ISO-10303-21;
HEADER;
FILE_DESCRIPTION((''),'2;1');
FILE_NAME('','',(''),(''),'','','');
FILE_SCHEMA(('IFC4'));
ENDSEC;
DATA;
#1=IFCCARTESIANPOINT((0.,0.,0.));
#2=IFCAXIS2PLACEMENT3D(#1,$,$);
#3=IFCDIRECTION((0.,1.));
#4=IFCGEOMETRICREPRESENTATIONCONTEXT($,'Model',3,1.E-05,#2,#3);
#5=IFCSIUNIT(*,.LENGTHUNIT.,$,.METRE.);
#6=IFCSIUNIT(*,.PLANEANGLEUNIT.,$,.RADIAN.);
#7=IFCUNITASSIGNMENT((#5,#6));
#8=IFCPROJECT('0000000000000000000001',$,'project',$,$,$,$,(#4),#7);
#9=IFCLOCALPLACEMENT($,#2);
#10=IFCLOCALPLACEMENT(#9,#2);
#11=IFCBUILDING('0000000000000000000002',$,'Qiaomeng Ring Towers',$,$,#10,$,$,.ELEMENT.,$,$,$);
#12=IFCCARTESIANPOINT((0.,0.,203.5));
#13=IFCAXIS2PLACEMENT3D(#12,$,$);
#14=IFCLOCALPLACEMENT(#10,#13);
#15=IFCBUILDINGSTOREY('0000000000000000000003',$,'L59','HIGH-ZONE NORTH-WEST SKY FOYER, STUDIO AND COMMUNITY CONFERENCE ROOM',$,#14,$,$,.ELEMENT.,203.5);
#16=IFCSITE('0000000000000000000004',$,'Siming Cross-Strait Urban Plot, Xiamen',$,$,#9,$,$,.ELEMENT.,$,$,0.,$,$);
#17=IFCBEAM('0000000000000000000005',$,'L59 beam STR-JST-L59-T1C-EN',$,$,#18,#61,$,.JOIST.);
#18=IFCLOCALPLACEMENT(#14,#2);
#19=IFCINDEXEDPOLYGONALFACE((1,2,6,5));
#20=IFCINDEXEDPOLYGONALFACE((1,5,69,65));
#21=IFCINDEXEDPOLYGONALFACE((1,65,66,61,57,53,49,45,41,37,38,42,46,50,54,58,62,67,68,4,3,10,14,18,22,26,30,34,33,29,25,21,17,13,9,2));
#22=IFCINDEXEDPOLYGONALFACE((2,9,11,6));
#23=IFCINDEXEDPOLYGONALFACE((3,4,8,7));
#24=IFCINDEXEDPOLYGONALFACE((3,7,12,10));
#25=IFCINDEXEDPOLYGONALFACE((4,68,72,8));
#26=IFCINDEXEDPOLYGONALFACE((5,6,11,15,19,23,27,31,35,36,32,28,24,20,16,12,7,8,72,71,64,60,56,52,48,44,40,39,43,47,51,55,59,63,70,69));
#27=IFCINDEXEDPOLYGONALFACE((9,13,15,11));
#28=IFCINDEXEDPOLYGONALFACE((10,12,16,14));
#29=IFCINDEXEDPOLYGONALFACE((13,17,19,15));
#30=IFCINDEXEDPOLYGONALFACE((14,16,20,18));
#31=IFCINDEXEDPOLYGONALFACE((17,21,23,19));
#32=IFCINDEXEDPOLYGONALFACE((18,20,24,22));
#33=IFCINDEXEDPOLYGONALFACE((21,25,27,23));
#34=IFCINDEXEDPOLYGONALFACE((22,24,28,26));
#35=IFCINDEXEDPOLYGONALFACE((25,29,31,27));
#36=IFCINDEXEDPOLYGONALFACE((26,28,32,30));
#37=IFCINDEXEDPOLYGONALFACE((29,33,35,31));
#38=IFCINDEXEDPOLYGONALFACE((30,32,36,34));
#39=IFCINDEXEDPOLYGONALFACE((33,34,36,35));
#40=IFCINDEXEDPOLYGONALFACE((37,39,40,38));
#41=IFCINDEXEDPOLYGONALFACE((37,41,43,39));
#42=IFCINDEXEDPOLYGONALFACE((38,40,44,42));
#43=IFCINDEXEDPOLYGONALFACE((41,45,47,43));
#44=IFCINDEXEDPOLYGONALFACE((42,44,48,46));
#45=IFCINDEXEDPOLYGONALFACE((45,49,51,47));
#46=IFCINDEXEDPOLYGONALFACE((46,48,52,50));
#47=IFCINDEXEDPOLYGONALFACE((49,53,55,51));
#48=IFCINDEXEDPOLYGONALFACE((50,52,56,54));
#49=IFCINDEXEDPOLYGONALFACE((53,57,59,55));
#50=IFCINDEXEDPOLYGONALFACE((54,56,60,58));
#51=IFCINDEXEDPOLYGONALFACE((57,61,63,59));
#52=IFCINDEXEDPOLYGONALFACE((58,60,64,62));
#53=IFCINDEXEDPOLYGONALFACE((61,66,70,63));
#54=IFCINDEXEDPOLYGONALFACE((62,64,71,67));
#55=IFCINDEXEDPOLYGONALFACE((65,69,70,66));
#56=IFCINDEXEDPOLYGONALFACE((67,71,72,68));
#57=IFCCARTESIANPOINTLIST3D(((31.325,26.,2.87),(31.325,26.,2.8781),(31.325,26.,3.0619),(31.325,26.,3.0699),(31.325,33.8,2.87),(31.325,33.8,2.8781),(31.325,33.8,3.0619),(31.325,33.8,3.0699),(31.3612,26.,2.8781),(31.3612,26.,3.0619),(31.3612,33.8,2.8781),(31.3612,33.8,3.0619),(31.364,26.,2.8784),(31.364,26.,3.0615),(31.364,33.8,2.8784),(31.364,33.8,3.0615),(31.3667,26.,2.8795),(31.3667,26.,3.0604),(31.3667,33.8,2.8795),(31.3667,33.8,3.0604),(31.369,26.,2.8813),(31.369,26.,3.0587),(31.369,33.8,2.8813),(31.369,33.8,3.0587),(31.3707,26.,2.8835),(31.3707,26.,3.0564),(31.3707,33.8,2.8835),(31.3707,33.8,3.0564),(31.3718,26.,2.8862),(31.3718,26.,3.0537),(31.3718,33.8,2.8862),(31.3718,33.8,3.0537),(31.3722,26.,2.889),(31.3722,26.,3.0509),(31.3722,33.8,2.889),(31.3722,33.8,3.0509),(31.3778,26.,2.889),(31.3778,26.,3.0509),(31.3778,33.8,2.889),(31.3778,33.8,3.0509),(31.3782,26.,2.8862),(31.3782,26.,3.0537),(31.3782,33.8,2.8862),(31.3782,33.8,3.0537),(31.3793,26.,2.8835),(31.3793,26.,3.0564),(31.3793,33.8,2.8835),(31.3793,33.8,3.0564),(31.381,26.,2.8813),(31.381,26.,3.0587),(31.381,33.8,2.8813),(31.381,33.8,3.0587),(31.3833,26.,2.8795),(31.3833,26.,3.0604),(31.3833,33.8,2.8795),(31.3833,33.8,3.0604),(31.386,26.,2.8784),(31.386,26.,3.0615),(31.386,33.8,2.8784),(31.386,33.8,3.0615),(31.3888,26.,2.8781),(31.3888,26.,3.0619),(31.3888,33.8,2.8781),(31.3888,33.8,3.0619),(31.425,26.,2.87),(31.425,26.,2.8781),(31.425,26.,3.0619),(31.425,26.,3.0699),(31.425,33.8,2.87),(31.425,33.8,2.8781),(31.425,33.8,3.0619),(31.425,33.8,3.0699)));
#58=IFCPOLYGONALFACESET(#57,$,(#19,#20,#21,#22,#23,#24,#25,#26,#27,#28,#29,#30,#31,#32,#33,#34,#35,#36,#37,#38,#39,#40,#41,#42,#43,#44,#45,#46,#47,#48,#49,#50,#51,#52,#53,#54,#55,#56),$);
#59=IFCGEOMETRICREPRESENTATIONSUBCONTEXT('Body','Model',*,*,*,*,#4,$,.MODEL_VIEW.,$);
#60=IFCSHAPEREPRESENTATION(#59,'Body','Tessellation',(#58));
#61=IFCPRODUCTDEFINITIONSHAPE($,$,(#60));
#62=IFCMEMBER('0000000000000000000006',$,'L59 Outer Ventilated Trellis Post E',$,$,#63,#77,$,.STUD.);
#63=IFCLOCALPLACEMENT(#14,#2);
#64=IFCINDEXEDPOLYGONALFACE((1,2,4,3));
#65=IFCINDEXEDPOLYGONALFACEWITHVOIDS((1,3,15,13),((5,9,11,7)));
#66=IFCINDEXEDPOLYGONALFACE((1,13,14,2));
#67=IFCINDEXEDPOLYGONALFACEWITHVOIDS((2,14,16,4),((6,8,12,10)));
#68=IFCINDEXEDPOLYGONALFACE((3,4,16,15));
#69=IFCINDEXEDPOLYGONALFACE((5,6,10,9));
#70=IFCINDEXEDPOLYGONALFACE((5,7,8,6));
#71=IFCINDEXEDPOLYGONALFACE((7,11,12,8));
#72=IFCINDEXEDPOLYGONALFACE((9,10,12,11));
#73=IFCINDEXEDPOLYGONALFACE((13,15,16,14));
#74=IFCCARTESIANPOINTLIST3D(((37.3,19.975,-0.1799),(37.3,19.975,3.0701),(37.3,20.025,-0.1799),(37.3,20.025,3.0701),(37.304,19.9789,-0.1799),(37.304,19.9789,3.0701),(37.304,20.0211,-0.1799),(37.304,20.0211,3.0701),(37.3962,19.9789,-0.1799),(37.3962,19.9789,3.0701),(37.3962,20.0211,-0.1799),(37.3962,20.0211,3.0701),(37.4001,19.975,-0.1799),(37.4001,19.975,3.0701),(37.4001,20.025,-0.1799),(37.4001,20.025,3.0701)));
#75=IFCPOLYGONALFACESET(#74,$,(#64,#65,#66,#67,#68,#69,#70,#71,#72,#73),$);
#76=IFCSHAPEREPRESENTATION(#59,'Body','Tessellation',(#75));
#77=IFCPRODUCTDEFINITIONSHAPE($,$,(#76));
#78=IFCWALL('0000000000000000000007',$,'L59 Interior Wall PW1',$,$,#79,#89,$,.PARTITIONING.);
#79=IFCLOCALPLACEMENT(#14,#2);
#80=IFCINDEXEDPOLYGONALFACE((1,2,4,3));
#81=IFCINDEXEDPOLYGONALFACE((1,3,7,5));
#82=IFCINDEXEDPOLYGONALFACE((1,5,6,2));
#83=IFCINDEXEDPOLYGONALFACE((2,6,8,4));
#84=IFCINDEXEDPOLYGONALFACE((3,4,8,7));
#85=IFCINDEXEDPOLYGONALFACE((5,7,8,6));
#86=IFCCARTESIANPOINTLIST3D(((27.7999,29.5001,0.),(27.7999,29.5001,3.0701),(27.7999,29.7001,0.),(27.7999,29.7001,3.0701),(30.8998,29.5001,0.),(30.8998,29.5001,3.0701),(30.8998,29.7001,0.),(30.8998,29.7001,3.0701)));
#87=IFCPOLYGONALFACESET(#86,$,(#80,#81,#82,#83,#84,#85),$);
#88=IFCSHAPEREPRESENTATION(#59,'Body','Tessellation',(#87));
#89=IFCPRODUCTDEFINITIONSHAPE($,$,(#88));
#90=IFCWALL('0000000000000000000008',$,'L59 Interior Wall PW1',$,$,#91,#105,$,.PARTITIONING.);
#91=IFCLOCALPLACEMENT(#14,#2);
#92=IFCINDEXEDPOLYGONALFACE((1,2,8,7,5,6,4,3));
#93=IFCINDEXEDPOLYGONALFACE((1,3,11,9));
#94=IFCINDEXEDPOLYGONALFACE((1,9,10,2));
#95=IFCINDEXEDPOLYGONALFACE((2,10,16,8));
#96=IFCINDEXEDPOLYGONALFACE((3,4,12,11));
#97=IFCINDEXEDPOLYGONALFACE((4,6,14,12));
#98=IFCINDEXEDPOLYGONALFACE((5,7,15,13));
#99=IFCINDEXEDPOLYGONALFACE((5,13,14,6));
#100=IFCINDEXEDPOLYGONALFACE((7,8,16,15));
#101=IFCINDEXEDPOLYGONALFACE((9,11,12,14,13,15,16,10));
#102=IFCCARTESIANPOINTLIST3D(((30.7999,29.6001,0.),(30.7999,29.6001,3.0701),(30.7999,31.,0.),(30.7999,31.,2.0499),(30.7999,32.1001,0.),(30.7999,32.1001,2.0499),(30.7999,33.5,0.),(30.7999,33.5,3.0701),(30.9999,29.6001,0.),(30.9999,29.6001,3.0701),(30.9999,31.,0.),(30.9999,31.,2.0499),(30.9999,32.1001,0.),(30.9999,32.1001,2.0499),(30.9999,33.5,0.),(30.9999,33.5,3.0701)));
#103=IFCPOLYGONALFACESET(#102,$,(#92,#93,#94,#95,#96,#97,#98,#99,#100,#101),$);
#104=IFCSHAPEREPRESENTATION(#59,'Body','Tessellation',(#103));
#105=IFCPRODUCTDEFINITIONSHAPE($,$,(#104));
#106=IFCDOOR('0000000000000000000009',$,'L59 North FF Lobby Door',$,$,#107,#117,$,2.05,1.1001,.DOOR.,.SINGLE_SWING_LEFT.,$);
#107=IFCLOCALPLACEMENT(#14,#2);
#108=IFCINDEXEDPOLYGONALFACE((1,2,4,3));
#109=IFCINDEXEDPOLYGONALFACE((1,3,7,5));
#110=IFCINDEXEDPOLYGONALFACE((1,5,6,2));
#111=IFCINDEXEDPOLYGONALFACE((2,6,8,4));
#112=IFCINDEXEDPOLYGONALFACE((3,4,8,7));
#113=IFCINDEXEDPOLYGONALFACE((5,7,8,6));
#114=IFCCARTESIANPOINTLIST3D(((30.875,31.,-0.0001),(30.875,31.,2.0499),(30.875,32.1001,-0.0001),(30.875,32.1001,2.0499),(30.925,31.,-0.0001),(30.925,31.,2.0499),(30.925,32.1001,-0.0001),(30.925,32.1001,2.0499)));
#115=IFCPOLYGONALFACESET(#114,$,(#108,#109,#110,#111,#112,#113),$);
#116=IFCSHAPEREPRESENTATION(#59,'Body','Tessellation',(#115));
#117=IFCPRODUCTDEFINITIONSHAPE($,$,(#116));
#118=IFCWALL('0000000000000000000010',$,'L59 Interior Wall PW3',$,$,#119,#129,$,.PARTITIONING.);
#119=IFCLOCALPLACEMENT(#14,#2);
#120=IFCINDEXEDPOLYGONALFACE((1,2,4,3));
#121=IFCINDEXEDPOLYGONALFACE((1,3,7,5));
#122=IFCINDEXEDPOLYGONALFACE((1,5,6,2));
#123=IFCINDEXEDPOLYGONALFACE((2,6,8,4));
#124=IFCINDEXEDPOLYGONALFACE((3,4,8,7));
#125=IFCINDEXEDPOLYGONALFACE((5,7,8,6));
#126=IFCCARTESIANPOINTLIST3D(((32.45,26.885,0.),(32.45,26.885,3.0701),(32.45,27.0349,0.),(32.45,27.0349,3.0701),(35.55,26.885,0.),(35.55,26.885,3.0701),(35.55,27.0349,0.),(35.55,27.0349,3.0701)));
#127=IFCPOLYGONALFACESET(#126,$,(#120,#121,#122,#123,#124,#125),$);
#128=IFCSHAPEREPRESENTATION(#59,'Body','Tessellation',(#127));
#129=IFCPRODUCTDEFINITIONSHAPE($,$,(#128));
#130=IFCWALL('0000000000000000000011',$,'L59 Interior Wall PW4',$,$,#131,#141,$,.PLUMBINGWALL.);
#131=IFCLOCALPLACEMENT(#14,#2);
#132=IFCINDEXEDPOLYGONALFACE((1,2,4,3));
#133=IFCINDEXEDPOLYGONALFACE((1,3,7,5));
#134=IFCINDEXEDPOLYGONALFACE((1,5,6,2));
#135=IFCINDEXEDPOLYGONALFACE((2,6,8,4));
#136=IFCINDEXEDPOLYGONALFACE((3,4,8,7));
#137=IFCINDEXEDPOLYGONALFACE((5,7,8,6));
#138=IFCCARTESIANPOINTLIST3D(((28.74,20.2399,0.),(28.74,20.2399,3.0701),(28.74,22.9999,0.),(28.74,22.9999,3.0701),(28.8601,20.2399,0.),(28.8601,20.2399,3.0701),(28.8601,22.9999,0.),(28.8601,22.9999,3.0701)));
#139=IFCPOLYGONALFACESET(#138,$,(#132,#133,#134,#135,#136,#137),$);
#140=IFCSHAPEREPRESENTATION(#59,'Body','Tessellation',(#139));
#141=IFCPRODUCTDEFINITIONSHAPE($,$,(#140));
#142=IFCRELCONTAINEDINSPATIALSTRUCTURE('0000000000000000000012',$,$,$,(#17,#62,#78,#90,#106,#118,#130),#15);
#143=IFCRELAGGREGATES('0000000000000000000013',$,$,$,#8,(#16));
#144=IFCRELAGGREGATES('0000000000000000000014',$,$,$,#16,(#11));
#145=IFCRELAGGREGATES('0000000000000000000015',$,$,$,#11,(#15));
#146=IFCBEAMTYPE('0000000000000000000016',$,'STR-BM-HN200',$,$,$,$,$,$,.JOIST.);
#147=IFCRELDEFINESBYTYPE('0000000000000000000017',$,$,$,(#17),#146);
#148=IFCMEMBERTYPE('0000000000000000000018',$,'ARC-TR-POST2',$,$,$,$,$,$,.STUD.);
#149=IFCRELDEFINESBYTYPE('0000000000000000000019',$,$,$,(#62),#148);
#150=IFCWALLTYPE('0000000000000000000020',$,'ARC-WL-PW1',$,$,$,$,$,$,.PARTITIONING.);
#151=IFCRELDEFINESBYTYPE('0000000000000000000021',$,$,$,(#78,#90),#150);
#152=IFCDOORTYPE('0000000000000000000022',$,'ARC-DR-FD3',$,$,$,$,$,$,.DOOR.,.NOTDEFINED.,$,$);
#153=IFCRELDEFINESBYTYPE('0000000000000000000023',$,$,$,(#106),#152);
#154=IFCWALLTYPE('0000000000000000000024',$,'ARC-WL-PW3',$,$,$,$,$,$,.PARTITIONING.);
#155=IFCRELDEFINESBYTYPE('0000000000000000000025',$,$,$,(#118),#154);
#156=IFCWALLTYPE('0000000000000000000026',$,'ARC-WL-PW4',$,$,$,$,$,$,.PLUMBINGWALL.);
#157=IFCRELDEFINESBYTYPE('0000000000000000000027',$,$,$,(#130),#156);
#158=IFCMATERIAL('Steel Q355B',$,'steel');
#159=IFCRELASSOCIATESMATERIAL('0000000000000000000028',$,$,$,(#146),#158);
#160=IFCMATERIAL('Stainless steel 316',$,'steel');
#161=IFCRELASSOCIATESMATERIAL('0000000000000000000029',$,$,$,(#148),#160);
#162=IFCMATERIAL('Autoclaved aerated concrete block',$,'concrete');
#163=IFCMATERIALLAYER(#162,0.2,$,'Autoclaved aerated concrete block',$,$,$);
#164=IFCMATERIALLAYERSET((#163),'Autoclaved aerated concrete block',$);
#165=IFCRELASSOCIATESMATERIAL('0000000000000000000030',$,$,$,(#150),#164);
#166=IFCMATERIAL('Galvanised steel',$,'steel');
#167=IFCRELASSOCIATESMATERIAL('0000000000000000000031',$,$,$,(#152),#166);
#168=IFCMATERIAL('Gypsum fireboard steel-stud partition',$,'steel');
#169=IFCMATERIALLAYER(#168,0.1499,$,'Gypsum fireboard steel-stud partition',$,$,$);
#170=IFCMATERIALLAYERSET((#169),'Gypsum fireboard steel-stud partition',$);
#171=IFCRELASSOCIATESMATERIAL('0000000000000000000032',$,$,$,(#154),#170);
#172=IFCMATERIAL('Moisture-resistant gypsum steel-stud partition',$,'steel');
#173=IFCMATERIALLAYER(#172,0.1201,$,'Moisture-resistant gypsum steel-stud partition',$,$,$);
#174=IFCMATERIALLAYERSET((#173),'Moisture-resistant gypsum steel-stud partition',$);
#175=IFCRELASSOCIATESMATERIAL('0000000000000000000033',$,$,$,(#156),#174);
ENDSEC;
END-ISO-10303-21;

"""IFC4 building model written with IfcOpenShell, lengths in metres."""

from ifc_helpers import new_model, si_unit, direction, frame, frame_2d, origin, origin_2d, place, context, subcontext, project, spatial, rectangle, hollow_rectangle, i_section, extrude, source, transform, mapped, material, layer, layer_set, material_profile, profile_set, type_object, element, fill, save


model = new_model("IFC4")

# Units and contexts
model_context = context("Model", 3, precision=1e-05, world=origin(), true_north=direction((0.0, 1.0)))
body_context = subcontext(model_context, "Body", "Model", "MODEL_VIEW")
ifc_project = project(units=[si_unit("LENGTHUNIT", "METRE"), si_unit("PLANEANGLEUNIT", "RADIAN")], contexts=[model_context])

# Site, building, storey
site_placement = place(None, origin())
site = spatial("IfcSite", under=ifc_project, at=site_placement, Name="Siming Cross-Strait Urban Plot, Xiamen", CompositionType="ELEMENT", RefElevation=0.0)
building_placement = place(site_placement, origin())
building = spatial("IfcBuilding", under=site, at=building_placement, Name="Qiaomeng Ring Towers", CompositionType="ELEMENT")
storey_placement = place(building_placement, frame((0.0, 0.0, 203.5)))
storey = spatial("IfcBuildingStorey", under=building, at=storey_placement, Name="L59", Description="HIGH-ZONE NORTH-WEST SKY FOYER, STUDIO AND COMMUNITY CONFERENCE ROOM", CompositionType="ELEMENT", Elevation=203.5)

# Beam
ifc_material_1 = material(Name="Steel Q355B", Category="steel")
ifc_material_profile_1 = material_profile(ifc_material_1, i_section(OverallWidth=0.1001, OverallDepth=0.2, WebThickness=0.0056, FlangeThickness=0.0081, FilletRadius=0.011, at=origin_2d()), Name="HN 200x100x5.5x8")
ifc_profile_set_1 = profile_set([ifc_material_profile_1], Name="Steel Q355B")
beam_type_1 = type_object("IfcBeamType", Name="STR-BM-HN200", PredefinedType="JOIST", material=ifc_profile_set_1)
shared_shape_1 = source(origin(), body_context, "Body", "SweptSolid", [
    extrude(i_section(OverallWidth=0.1001, OverallDepth=0.2, WebThickness=0.0056, FlangeThickness=0.0081, FilletRadius=0.011, at=origin_2d()), origin(), (0.0, 0.0, 1.0), 7.8),
])
beam_1_placement = place(storey_placement, frame((31.375, 26.0, 2.97), z_axis=(0.0, 1.0, 0.0), x_axis=(-1.0, 0.0, 0.0)))
element("IfcBeam", 1, at=beam_1_placement, inside=storey, type_object=beam_type_1, Name="L59 beam STR-JST-L59-T1C-EN", PredefinedType="JOIST", context=body_context, shape_type="MappedRepresentation", body=[
    mapped(shared_shape_1, transform((0.0, 0.0, 0.0), x_axis=(1.0, 0.0, 0.0), y_axis=(0.0, 1.0, 0.0), z_axis=(0.0, 0.0, 1.0), scale=1.0)),
])

# Member
ifc_material_2 = material(Name="Stainless steel 316", Category="steel")
ifc_material_profile_2 = material_profile(ifc_material_2, hollow_rectangle(XDim=0.05, YDim=0.1001, WallThickness=0.0039, at=origin_2d()), Name="SS TRELLIS 100x50")
ifc_profile_set_2 = profile_set([ifc_material_profile_2], Name="Stainless steel 316")
member_type = type_object("IfcMemberType", Name="ARC-TR-POST2", PredefinedType="STUD", material=ifc_profile_set_2)
shared_shape_2 = source(origin(), body_context, "Body", "SweptSolid", [
    extrude(hollow_rectangle(XDim=0.05, YDim=0.1001, WallThickness=0.0039, at=origin_2d()), origin(), (0.0, 0.0, 1.0), 3.25),
])
member_placement = place(storey_placement, frame((37.3501, 20.0, -0.1799), z_axis=(0.0, 0.0, 1.0), x_axis=(0.0, 1.0, 0.0)))
element("IfcMember", 2, at=member_placement, inside=storey, type_object=member_type, Name="L59 Outer Ventilated Trellis Post E", PredefinedType="STUD", context=body_context, shape_type="MappedRepresentation", body=[
    mapped(shared_shape_2, transform((0.0, 0.0, 0.0), x_axis=(1.0, 0.0, 0.0), y_axis=(0.0, 1.0, 0.0), z_axis=(0.0, 0.0, 1.0), scale=1.0)),
])

# Wall
ifc_material_3 = material(Name="Autoclaved aerated concrete block", Category="concrete")
ifc_layer_1 = layer(ifc_material_3, 0.2, Name="Autoclaved aerated concrete block")
ifc_layer_set_1 = layer_set([ifc_layer_1], Name="Autoclaved aerated concrete block")
wall_type_1 = type_object("IfcWallType", Name="ARC-WL-PW1", PredefinedType="PARTITIONING", material=ifc_layer_set_1)
wall_1_placement = place(storey_placement, frame((27.8, 29.6001, 0.0), z_axis=(0.0, 0.0, 1.0), x_axis=(1.0, 0.0, 0.0)))
element("IfcWall", 3, at=wall_1_placement, inside=storey, type_object=wall_type_1, Name="L59 Interior Wall PW1", PredefinedType="PARTITIONING", context=body_context, shape_type="SweptSolid", body=[
    extrude(rectangle(XDim=3.0999, YDim=0.2, at=frame_2d((1.5498, 0.0))), origin(), (0.0, 0.0, 1.0), 3.0701),
])

# Wall, opening, door
wall_2_placement = place(storey_placement, frame((30.8999, 29.6001, 0.0), z_axis=(0.0, 0.0, 1.0), x_axis=(0.0, 1.0, 0.0)))
wall_2 = element("IfcWall", 4, at=wall_2_placement, inside=storey, type_object=wall_type_1, Name="L59 Interior Wall PW1", PredefinedType="PARTITIONING", context=body_context, shape_type="SweptSolid", body=[
    extrude(rectangle(XDim=3.8999, YDim=0.2, at=frame_2d((1.95, 0.0))), origin(), (0.0, 0.0, 1.0), 3.0701),
])
opening_1_placement = place(wall_2_placement, frame((1.3999, 0.0, 0.0)))
opening_1 = element("IfcOpeningElement", 5, at=opening_1_placement, cuts=wall_2, PredefinedType="OPENING", context=body_context, shape_type="SweptSolid", body=[
    extrude(rectangle(XDim=1.1001, YDim=2.05, at=frame_2d((0.55, 1.0249))), frame((0.0, 0.1099, 0.0), z_axis=(0.0, -1.0, 0.0), x_axis=(1.0, 0.0, 0.0)), (0.0, 0.0, 1.0), 0.22),
])
ifc_material_4 = material(Name="Galvanised steel", Category="steel")
door_type_1 = type_object("IfcDoorType", Name="ARC-DR-FD3", OperationType="NOTDEFINED", PredefinedType="DOOR", material=ifc_material_4)
shared_shape_3 = source(origin(), body_context, "Body", "SweptSolid", [
    extrude(rectangle(XDim=1.1001, YDim=2.05, at=frame_2d((0.55, 1.0249))), frame((0.0, 0.0249, 0.0), z_axis=(0.0, -1.0, 0.0), x_axis=(1.0, 0.0, 0.0)), (0.0, 0.0, 1.0), 0.05),
])
door_1_placement = place(opening_1_placement, origin())
door_1 = element("IfcDoor", 6, at=door_1_placement, inside=storey, type_object=door_type_1, Name="L59 North FF Lobby Door", OperationType="SINGLE_SWING_LEFT", OverallHeight=2.05, OverallWidth=1.1001, PredefinedType="DOOR", context=body_context, shape_type="MappedRepresentation", body=[
    mapped(shared_shape_3, transform((0.0, 0.0, 0.0), x_axis=(1.0, 0.0, 0.0), y_axis=(0.0, 1.0, 0.0), z_axis=(0.0, 0.0, 1.0), scale=1.0)),
])
fill(opening_1, door_1)

# Walls
ifc_material_5 = material(Name="Gypsum fireboard steel-stud partition", Category="steel")
ifc_layer_2 = layer(ifc_material_5, 0.1499, Name="Gypsum fireboard steel-stud partition")
ifc_layer_set_2 = layer_set([ifc_layer_2], Name="Gypsum fireboard steel-stud partition")
wall_type_2 = type_object("IfcWallType", Name="ARC-WL-PW3", PredefinedType="PARTITIONING", material=ifc_layer_set_2)
wall_3_placement = place(storey_placement, frame((32.45, 26.96, 0.0), z_axis=(0.0, 0.0, 1.0), x_axis=(1.0, 0.0, 0.0)))
element("IfcWall", 7, at=wall_3_placement, inside=storey, type_object=wall_type_2, Name="L59 Interior Wall PW3", PredefinedType="PARTITIONING", context=body_context, shape_type="SweptSolid", body=[
    extrude(rectangle(XDim=3.1001, YDim=0.1499, at=frame_2d((1.55, 0.0))), origin(), (0.0, 0.0, 1.0), 3.0701),
])
ifc_material_6 = material(Name="Moisture-resistant gypsum steel-stud partition", Category="steel")
ifc_layer_3 = layer(ifc_material_6, 0.1201, Name="Moisture-resistant gypsum steel-stud partition")
ifc_layer_set_3 = layer_set([ifc_layer_3], Name="Moisture-resistant gypsum steel-stud partition")
wall_type_3 = type_object("IfcWallType", Name="ARC-WL-PW4", PredefinedType="PLUMBINGWALL", material=ifc_layer_set_3)
wall_4_placement = place(storey_placement, frame((28.8, 20.24, 0.0), z_axis=(0.0, 0.0, 1.0), x_axis=(0.0, 1.0, 0.0)))
element("IfcWall", 8, at=wall_4_placement, inside=storey, type_object=wall_type_3, Name="L59 Interior Wall PW4", PredefinedType="PLUMBINGWALL", context=body_context, shape_type="SweptSolid", body=[
    extrude(rectangle(XDim=2.76, YDim=0.1201, at=frame_2d((1.3799, 0.0))), origin(), (0.0, 0.0, 1.0), 3.0701),
])

save(model, "model.ifc")
